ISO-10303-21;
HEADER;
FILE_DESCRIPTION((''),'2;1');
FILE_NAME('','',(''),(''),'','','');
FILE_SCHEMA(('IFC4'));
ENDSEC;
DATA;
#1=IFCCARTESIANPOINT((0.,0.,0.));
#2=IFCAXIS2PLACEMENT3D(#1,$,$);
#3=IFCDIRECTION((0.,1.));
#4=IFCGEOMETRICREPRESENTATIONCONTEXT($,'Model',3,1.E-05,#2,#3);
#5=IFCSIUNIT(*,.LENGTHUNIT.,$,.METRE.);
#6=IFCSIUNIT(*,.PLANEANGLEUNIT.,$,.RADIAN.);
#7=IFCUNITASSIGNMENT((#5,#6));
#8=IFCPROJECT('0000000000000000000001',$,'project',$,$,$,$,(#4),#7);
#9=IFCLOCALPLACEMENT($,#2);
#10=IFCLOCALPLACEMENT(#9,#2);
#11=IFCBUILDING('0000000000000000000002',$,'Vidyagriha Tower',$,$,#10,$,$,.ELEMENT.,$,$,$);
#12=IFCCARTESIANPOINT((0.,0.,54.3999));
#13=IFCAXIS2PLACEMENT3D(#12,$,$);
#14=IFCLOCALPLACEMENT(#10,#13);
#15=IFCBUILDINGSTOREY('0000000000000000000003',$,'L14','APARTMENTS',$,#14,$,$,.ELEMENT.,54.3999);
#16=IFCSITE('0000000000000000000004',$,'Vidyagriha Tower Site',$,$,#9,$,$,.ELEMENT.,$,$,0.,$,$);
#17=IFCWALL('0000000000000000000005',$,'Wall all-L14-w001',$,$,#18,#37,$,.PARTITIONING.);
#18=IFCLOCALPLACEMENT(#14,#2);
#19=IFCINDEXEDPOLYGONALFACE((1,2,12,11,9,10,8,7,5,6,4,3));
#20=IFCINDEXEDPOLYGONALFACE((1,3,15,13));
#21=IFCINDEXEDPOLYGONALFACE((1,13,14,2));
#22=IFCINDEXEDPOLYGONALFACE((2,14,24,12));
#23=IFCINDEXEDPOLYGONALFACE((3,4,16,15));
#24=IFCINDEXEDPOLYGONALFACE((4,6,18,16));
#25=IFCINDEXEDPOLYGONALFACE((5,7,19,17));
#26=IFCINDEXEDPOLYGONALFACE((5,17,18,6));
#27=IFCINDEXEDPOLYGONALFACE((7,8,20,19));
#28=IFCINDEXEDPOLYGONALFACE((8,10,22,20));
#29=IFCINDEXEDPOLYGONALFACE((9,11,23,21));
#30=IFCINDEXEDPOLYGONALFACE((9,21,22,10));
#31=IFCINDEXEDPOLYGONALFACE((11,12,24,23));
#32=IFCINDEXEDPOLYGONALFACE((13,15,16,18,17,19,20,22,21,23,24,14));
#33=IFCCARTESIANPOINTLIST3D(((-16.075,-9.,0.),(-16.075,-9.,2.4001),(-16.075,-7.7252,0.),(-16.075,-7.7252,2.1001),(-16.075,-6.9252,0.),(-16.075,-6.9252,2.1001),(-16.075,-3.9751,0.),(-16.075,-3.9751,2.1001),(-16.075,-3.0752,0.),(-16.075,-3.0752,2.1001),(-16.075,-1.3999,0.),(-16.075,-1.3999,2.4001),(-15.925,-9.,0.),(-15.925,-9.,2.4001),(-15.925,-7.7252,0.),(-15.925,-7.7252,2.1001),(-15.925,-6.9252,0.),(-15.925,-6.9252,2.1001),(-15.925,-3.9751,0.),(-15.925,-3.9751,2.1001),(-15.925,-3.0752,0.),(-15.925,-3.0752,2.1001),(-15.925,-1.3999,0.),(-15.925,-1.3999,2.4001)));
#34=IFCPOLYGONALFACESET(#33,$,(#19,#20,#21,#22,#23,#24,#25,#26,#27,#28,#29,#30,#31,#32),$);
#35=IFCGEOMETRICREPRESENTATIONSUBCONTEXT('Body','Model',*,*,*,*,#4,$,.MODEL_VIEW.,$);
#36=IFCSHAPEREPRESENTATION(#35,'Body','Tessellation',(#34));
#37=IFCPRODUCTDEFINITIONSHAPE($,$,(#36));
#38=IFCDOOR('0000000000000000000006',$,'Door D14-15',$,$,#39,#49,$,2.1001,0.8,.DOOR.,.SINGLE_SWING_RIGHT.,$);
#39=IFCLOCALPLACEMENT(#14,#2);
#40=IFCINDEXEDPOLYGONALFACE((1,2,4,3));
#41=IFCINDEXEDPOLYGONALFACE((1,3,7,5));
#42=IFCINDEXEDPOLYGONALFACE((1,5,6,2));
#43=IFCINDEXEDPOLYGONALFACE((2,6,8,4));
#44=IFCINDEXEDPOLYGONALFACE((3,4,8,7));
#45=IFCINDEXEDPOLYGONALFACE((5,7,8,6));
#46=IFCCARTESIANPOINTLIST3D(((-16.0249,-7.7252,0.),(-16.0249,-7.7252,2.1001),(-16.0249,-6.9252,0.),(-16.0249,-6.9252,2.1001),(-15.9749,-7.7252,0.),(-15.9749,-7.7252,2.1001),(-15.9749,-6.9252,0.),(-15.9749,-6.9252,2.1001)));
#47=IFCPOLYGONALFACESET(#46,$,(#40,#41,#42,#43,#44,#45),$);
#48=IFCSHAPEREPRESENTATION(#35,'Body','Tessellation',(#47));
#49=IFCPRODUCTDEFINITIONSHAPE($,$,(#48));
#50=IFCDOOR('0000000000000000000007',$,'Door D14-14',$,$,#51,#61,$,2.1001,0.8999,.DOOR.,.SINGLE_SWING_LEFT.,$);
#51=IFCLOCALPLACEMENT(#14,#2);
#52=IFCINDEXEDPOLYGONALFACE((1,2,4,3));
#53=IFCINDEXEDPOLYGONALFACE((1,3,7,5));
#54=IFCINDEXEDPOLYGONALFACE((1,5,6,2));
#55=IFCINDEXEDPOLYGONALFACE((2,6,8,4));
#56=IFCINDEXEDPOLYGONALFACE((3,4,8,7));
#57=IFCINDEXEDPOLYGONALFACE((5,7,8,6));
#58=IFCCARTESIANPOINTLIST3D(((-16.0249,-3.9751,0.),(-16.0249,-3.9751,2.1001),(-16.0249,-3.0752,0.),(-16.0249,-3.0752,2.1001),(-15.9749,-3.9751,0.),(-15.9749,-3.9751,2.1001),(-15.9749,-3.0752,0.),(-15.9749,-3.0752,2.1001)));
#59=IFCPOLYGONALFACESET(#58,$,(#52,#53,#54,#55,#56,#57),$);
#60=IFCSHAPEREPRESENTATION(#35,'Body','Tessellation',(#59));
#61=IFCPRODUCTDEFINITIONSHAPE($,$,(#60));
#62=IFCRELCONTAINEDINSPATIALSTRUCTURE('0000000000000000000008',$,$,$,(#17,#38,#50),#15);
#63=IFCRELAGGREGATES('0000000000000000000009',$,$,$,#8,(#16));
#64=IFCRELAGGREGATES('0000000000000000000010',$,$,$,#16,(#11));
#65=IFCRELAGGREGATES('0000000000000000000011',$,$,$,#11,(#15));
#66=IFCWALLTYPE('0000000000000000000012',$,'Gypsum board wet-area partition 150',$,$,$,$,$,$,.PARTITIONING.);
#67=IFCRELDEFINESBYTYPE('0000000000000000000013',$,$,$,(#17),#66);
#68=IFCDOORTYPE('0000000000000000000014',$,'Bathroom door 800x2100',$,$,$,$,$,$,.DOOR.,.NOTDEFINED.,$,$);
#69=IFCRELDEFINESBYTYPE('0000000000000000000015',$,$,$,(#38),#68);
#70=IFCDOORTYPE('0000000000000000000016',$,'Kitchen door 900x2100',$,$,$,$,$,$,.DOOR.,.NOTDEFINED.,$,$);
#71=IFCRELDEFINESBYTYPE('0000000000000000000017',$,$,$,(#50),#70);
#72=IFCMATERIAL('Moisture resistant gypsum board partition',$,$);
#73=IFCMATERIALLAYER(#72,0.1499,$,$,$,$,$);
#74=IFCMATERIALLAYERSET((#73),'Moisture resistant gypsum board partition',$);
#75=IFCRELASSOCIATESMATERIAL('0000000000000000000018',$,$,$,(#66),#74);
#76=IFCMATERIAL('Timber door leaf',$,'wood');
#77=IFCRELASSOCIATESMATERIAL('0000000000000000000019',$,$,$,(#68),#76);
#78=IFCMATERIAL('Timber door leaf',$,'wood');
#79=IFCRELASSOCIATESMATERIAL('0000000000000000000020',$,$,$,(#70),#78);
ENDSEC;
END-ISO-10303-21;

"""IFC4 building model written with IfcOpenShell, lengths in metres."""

from ifc_helpers import new_model, si_unit, direction, frame, frame_2d, origin, place, context, subcontext, project, spatial, rectangle, extrude, material, layer, layer_set, type_object, element, fill, save


model = new_model("IFC4")

# Units and contexts
model_context = context("Model", 3, precision=1e-05, world=origin(), true_north=direction((0.0, 1.0)))
body_context = subcontext(model_context, "Body", "Model", "MODEL_VIEW")
ifc_project = project(units=[si_unit("LENGTHUNIT", "METRE"), si_unit("PLANEANGLEUNIT", "RADIAN")], contexts=[model_context])

# Site, building, storey
site_placement = place(None, origin())
site = spatial("IfcSite", under=ifc_project, at=site_placement, Name="Vidyagriha Tower Site", CompositionType="ELEMENT", RefElevation=0.0)
building_placement = place(site_placement, origin())
building = spatial("IfcBuilding", under=site, at=building_placement, Name="Vidyagriha Tower", CompositionType="ELEMENT")
storey_placement = place(building_placement, frame((0.0, 0.0, 54.3999)))
storey = spatial("IfcBuildingStorey", under=building, at=storey_placement, Name="L14", Description="APARTMENTS", CompositionType="ELEMENT", Elevation=54.3999)

# Wall, openings, doors
ifc_material_1 = material(Name="Moisture resistant gypsum board partition")
ifc_layer_1 = layer(ifc_material_1, 0.1499)
ifc_layer_set_1 = layer_set([ifc_layer_1], Name="Moisture resistant gypsum board partition")
wall_type_1 = type_object("IfcWallType", Name="Gypsum board wet-area partition 150", PredefinedType="PARTITIONING", material=ifc_layer_set_1)
wall_1_placement = place(storey_placement, frame((-16.0, -9.0, 0.0), z_axis=(0.0, 0.0, 1.0), x_axis=(0.0, 1.0, 0.0)))
wall_1 = element("IfcWall", 1, at=wall_1_placement, inside=storey, type_object=wall_type_1, Name="Wall all-L14-w001", PredefinedType="PARTITIONING", context=body_context, shape_type="SweptSolid", body=[
    extrude(rectangle(XDim=7.6001, YDim=0.1499, at=frame_2d((3.8, 0.0))), origin(), (0.0, 0.0, 1.0), 2.4001),
])
opening_1_placement = place(wall_1_placement, frame((5.0249, 0.0, 0.0)))
opening_1 = element("IfcOpeningElement", 2, at=opening_1_placement, cuts=wall_1, PredefinedType="OPENING", context=body_context, shape_type="SweptSolid", body=[
    extrude(rectangle(XDim=0.8999, YDim=2.1001, at=frame_2d((0.45, 1.05))), frame((0.0, 0.085, 0.0), z_axis=(0.0, -1.0, 0.0), x_axis=(1.0, 0.0, 0.0)), (0.0, 0.0, 1.0), 0.1699),
])
opening_2_placement = place(wall_1_placement, frame((1.2749, 0.0, 0.0)))
opening_2 = element("IfcOpeningElement", 3, at=opening_2_placement, cuts=wall_1, PredefinedType="OPENING", context=body_context, shape_type="SweptSolid", body=[
    extrude(rectangle(XDim=0.8, YDim=2.1001, at=frame_2d((0.3999, 1.05))), frame((0.0, 0.085, 0.0), z_axis=(0.0, -1.0, 0.0), x_axis=(1.0, 0.0, 0.0)), (0.0, 0.0, 1.0), 0.1699),
])
ifc_material_2 = material(Name="Timber door leaf", Category="wood")
door_type_1 = type_object("IfcDoorType", Name="Bathroom door 800x2100", OperationType="NOTDEFINED", PredefinedType="DOOR", material=ifc_material_2)
door_1_placement = place(opening_2_placement, origin())
door_1 = element("IfcDoor", 4, at=door_1_placement, inside=storey, type_object=door_type_1, Name="Door D14-15", OperationType="SINGLE_SWING_RIGHT", OverallHeight=2.1001, OverallWidth=0.8, PredefinedType="DOOR", context=body_context, shape_type="SweptSolid", body=[
    extrude(rectangle(XDim=0.8, YDim=2.1001, at=frame_2d((0.3999, 1.05))), frame((0.0, 0.0249, 0.0), z_axis=(0.0, -1.0, 0.0), x_axis=(1.0, 0.0, 0.0)), (0.0, 0.0, 1.0), 0.05),
])
fill(opening_2, door_1)
ifc_material_3 = material(Name="Timber door leaf", Category="wood")
door_type_2 = type_object("IfcDoorType", Name="Kitchen door 900x2100", OperationType="NOTDEFINED", PredefinedType="DOOR", material=ifc_material_3)
door_2_placement = place(opening_1_placement, origin())
door_2 = element("IfcDoor", 5, at=door_2_placement, inside=storey, type_object=door_type_2, Name="Door D14-14", OperationType="SINGLE_SWING_LEFT", OverallHeight=2.1001, OverallWidth=0.8999, PredefinedType="DOOR", context=body_context, shape_type="SweptSolid", body=[
    extrude(rectangle(XDim=0.8999, YDim=2.1001, at=frame_2d((0.45, 1.05))), frame((0.0, 0.0249, 0.0), z_axis=(0.0, -1.0, 0.0), x_axis=(1.0, 0.0, 0.0)), (0.0, 0.0, 1.0), 0.05),
])
fill(opening_1, door_2)

save(model, "model.ifc")
